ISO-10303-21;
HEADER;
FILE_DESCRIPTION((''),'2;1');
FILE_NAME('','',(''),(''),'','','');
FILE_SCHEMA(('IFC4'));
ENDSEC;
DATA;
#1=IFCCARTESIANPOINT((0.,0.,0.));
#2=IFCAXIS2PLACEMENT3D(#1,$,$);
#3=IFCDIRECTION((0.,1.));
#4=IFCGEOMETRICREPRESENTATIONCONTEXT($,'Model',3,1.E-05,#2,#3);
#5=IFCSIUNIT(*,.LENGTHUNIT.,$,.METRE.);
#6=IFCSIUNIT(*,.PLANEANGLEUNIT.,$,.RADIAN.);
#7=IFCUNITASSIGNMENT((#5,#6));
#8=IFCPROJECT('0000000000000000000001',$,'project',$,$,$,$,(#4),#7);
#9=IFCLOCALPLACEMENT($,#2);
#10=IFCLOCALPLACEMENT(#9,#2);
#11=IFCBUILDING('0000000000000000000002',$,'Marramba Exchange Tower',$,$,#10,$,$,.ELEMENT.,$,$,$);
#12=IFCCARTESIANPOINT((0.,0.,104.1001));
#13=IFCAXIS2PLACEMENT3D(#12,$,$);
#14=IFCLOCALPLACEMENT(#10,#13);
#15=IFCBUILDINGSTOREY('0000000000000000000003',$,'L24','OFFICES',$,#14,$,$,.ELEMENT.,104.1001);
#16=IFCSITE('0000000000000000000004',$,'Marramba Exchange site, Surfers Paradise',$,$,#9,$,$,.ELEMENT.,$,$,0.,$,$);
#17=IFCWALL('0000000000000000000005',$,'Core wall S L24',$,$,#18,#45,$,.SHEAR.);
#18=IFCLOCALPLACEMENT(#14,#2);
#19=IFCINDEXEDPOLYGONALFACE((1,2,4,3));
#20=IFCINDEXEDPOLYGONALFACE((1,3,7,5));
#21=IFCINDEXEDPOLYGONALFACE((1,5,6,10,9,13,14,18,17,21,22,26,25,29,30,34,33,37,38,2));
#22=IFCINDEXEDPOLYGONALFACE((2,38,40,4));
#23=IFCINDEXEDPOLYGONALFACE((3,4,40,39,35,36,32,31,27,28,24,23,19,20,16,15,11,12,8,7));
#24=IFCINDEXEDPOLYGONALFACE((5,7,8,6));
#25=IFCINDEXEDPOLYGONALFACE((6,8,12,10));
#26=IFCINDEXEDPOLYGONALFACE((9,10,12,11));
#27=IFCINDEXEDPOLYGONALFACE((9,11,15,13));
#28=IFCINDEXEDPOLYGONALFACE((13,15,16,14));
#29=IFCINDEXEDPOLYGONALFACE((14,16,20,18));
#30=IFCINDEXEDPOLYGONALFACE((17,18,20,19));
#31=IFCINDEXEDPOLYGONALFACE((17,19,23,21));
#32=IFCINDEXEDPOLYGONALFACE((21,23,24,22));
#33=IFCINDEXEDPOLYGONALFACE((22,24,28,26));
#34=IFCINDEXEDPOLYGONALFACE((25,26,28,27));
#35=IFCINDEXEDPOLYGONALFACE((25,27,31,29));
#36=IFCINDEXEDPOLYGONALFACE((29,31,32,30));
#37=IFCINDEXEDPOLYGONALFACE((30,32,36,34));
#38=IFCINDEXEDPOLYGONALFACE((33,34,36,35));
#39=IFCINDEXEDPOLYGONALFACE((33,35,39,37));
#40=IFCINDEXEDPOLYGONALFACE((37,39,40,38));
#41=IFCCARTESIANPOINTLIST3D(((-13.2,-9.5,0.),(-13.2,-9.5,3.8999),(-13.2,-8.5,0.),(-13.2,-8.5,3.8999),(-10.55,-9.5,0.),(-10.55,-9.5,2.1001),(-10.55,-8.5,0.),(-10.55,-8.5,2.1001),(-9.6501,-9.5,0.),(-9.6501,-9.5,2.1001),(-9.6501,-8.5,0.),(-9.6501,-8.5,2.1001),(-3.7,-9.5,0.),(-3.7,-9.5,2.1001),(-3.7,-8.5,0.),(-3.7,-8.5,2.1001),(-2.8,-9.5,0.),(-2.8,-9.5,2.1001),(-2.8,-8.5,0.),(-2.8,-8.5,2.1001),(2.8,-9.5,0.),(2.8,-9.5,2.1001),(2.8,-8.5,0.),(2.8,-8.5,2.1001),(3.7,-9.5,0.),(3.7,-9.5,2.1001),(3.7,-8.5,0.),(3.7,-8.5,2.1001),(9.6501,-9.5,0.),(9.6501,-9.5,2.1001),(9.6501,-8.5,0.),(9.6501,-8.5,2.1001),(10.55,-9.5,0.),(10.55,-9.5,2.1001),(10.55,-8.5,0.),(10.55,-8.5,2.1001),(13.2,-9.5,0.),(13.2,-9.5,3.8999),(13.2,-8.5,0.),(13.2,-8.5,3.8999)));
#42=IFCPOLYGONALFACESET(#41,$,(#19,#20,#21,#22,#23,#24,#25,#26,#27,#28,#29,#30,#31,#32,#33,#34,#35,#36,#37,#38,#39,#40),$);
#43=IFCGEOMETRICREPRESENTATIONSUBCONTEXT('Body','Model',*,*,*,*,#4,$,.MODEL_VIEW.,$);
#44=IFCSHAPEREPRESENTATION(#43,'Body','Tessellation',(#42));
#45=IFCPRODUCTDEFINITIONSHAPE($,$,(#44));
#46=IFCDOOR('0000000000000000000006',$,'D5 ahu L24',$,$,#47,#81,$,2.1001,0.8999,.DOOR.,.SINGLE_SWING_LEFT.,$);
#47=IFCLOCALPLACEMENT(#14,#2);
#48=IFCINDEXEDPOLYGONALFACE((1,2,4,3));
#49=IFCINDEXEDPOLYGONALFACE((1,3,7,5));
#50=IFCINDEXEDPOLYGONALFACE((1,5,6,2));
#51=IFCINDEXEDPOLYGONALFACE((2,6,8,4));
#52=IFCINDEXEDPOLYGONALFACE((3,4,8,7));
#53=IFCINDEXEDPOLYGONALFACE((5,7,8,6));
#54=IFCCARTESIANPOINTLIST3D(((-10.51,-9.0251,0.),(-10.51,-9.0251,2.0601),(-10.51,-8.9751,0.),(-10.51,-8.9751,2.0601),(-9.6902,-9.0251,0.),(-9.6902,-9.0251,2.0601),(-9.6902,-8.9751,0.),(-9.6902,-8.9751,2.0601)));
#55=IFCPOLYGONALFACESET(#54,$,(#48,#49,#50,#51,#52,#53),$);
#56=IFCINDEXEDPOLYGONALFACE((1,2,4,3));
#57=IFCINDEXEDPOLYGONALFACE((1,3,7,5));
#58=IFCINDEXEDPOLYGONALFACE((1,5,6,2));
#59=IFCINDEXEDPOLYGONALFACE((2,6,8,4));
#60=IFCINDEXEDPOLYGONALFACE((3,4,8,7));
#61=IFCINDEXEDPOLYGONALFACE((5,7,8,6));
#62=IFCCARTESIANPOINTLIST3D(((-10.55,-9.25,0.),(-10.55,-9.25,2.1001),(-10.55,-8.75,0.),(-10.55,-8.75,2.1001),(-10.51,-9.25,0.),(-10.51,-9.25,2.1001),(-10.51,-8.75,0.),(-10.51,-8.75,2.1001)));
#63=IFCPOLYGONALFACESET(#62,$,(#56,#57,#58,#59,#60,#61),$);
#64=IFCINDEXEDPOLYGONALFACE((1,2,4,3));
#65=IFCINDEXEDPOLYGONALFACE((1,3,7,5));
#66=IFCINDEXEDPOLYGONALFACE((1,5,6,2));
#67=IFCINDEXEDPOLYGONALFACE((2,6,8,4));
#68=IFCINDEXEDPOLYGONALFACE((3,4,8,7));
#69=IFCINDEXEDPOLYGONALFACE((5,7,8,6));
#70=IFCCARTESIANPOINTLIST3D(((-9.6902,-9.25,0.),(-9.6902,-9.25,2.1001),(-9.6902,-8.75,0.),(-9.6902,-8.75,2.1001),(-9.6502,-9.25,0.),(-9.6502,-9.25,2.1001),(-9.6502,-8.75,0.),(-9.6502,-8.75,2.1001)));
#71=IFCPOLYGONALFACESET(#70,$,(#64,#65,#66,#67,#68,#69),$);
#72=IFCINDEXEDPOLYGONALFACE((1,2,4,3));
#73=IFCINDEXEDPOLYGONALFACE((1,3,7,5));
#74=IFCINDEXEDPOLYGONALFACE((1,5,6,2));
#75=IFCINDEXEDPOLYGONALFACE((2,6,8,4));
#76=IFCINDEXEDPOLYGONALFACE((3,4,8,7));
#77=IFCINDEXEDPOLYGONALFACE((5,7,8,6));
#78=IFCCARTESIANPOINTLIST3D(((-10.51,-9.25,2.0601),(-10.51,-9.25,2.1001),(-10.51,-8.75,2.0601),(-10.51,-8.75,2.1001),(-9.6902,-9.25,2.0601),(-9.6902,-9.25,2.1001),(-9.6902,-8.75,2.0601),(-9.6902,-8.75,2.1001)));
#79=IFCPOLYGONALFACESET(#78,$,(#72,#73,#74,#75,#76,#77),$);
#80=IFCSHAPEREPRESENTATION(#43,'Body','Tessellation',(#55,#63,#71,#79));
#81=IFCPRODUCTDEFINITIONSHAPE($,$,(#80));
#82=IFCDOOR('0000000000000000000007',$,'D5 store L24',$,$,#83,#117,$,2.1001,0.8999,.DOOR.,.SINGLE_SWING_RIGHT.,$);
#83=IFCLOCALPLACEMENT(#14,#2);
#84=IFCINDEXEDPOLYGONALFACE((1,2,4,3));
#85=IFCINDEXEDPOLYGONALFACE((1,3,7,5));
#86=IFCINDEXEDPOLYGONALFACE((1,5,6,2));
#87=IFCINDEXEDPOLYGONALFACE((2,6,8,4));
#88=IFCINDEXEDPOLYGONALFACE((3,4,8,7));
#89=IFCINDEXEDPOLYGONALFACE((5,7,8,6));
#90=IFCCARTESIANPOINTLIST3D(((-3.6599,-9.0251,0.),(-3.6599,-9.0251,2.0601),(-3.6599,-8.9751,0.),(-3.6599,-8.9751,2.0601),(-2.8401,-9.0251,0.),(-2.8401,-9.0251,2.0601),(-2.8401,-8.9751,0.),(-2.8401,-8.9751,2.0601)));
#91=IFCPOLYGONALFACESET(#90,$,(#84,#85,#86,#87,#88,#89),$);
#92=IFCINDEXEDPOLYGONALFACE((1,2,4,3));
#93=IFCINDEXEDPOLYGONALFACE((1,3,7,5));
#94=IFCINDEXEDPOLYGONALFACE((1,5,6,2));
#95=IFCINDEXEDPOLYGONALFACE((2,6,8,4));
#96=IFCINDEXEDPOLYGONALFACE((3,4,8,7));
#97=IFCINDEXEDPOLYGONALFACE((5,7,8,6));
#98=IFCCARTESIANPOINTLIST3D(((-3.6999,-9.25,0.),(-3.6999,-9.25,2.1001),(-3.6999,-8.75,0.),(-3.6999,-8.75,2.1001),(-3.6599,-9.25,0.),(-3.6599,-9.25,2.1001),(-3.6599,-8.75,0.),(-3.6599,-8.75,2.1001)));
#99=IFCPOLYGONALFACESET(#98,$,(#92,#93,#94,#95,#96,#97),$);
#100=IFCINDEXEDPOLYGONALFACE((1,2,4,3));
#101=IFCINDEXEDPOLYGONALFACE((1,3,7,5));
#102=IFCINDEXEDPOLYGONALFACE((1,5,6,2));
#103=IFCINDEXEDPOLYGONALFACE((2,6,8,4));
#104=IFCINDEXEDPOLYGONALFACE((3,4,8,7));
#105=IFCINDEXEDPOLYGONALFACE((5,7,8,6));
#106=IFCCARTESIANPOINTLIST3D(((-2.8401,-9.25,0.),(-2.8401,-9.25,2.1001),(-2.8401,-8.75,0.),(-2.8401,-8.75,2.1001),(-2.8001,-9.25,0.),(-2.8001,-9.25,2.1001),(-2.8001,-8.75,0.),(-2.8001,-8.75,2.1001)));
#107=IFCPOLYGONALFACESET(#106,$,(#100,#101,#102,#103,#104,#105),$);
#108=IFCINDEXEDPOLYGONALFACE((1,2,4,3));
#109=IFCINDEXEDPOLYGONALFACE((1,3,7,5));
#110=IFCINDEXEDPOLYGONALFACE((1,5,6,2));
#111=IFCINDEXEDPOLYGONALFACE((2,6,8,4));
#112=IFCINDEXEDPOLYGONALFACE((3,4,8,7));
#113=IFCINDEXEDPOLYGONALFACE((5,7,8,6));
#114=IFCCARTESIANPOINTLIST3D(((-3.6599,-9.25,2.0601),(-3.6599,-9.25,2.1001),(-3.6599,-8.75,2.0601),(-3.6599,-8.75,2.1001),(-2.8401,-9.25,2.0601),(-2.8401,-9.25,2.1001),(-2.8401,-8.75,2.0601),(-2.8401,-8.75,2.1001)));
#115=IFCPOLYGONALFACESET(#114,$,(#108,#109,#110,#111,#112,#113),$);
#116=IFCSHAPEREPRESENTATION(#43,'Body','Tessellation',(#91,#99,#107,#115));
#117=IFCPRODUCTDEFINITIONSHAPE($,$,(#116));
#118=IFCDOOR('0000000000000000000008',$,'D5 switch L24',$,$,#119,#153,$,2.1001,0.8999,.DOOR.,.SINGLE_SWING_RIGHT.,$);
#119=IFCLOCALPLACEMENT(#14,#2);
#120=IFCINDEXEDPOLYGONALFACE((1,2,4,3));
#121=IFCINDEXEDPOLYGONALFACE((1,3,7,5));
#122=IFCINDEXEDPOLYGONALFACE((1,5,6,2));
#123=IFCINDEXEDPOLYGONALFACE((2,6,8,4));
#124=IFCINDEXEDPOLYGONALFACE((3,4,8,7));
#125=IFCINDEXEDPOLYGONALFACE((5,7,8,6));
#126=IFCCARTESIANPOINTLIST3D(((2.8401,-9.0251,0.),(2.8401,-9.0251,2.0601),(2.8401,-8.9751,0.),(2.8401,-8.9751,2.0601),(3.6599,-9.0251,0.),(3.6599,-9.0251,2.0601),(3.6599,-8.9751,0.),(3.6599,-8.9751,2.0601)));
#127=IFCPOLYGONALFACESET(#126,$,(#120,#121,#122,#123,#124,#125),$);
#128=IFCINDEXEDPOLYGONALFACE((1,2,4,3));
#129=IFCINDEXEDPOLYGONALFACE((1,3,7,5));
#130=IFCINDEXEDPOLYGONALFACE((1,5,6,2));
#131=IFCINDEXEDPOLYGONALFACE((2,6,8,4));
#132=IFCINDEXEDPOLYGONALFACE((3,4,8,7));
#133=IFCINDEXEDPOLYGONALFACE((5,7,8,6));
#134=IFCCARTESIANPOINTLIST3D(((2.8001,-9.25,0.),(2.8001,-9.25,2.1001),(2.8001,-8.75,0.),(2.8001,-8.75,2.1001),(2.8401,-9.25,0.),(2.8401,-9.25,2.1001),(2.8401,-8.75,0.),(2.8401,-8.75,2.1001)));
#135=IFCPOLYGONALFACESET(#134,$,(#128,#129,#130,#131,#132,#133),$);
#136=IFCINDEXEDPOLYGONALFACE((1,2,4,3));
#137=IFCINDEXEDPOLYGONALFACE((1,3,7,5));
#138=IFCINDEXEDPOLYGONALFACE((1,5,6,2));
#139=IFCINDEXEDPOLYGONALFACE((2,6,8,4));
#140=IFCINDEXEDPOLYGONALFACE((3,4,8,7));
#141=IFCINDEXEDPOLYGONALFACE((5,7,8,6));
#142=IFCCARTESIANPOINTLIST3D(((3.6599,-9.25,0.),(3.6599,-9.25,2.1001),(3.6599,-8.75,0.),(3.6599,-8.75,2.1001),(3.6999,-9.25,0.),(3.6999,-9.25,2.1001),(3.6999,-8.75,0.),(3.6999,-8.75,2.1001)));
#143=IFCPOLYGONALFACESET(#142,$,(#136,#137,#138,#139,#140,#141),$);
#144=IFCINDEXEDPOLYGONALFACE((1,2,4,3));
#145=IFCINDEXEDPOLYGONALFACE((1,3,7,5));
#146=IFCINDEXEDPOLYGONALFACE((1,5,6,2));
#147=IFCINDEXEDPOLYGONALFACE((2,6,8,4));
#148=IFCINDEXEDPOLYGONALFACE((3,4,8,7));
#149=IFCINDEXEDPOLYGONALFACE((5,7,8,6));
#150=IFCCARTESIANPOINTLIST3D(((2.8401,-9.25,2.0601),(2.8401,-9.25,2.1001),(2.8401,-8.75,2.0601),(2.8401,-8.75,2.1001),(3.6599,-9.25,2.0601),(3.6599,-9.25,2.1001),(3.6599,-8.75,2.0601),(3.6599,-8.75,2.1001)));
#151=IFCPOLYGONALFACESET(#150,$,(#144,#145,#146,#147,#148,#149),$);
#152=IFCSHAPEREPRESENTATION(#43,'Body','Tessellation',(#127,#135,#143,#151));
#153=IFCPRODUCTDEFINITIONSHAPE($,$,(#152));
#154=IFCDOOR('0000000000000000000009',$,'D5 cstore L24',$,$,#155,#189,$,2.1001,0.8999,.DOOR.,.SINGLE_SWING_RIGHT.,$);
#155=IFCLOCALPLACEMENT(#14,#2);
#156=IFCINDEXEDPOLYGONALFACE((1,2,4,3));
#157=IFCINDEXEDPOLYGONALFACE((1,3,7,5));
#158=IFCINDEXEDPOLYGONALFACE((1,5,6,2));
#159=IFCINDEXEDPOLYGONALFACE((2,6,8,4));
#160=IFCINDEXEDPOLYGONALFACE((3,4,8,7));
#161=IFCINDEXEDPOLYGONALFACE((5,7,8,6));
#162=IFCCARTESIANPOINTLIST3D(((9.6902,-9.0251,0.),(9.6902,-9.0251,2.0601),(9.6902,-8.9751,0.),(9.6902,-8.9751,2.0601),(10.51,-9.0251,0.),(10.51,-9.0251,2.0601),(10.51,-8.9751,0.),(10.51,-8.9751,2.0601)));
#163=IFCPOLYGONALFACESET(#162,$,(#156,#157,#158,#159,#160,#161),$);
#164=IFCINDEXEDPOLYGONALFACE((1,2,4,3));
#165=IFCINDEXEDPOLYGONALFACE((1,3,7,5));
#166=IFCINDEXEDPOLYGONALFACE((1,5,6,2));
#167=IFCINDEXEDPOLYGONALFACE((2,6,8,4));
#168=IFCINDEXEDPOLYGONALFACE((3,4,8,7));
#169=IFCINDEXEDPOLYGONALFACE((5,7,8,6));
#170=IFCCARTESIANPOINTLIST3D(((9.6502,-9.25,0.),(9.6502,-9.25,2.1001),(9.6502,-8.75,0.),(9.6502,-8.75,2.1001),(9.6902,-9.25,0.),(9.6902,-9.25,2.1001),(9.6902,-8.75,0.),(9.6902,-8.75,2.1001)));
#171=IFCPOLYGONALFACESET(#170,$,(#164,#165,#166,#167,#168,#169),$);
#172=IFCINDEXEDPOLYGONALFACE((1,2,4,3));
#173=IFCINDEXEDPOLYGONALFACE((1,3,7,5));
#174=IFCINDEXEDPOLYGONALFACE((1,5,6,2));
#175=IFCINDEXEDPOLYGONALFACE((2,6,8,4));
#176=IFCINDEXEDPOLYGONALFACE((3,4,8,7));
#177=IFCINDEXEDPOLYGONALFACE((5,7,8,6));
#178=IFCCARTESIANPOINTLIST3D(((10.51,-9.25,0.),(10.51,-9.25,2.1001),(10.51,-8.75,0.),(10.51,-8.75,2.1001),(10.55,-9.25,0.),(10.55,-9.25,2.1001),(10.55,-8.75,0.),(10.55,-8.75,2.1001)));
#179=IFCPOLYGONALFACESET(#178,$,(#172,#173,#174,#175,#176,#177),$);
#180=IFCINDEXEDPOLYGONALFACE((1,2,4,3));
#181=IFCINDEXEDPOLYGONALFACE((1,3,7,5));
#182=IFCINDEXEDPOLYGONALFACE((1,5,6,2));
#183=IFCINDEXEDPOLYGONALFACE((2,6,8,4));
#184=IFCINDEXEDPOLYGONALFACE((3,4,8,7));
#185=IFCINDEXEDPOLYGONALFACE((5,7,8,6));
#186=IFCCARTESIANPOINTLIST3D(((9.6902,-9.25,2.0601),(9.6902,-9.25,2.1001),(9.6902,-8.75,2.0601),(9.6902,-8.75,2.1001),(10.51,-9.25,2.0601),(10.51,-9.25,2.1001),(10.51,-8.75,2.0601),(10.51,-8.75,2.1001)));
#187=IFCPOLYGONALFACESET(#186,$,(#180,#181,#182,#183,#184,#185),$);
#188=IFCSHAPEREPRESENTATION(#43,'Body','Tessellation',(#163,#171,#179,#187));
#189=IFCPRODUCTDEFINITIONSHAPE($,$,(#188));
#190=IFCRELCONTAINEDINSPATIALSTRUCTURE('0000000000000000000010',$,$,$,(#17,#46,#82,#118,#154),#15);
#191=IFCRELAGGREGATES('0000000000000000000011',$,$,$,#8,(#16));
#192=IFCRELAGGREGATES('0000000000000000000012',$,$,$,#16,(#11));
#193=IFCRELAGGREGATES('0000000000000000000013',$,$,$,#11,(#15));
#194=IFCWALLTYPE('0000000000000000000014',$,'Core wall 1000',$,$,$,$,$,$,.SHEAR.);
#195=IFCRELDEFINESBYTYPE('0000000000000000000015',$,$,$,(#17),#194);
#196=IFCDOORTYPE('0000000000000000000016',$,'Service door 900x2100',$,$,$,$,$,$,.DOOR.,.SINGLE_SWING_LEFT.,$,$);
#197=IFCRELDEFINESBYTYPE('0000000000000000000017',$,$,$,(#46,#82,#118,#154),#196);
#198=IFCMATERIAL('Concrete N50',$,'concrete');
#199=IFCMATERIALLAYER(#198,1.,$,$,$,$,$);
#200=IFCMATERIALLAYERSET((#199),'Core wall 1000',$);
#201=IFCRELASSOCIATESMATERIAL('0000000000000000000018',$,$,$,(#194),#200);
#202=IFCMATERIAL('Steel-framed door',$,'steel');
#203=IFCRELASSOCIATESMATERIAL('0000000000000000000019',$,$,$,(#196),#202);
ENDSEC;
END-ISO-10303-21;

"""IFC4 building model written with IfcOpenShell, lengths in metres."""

from ifc_helpers import new_model, si_unit, direction, frame, frame_2d, origin, place, context, subcontext, project, spatial, rectangle, extrude, material, layer, layer_set, type_object, element, fill, save


model = new_model("IFC4")

# Units and contexts
model_context = context("Model", 3, precision=1e-05, world=origin(), true_north=direction((0.0, 1.0)))
body_context = subcontext(model_context, "Body", "Model", "MODEL_VIEW")
ifc_project = project(units=[si_unit("LENGTHUNIT", "METRE"), si_unit("PLANEANGLEUNIT", "RADIAN")], contexts=[model_context])

# Site, building, storey
site_placement = place(None, origin())
site = spatial("IfcSite", under=ifc_project, at=site_placement, Name="Marramba Exchange site, Surfers Paradise", CompositionType="ELEMENT", RefElevation=0.0)
building_placement = place(site_placement, origin())
building = spatial("IfcBuilding", under=site, at=building_placement, Name="Marramba Exchange Tower", CompositionType="ELEMENT")
storey_placement = place(building_placement, frame((0.0, 0.0, 104.1001)))
storey = spatial("IfcBuildingStorey", under=building, at=storey_placement, Name="L24", Description="OFFICES", CompositionType="ELEMENT", Elevation=104.1001)

# Shared definitions
ifc_material_1 = material(Name="Concrete N50", Category="concrete")

# Wall, openings, doors
ifc_layer_1 = layer(ifc_material_1, 1.0)
ifc_layer_set_1 = layer_set([ifc_layer_1], Name="Core wall 1000")
wall_type_1 = type_object("IfcWallType", Name="Core wall 1000", PredefinedType="SHEAR", material=ifc_layer_set_1)
wall_1_placement = place(storey_placement, frame((-13.2, -9.0, 0.0), z_axis=(0.0, 0.0, 1.0), x_axis=(1.0, 0.0, 0.0)))
wall_1 = element("IfcWall", 1, at=wall_1_placement, inside=storey, type_object=wall_type_1, Name="Core wall S L24", PredefinedType="SHEAR", context=body_context, shape_type="SweptSolid", body=[
    extrude(rectangle(XDim=26.3999, YDim=1.0, at=frame_2d((13.2, 0.0))), origin(), (0.0, 0.0, 1.0), 3.8999),
])
opening_1_placement = place(wall_1_placement, frame((2.6499, 0.0, 0.0)))
opening_1 = element("IfcOpeningElement", 2, at=opening_1_placement, cuts=wall_1, PredefinedType="OPENING", context=body_context, shape_type="SweptSolid", body=[
    extrude(rectangle(XDim=0.8999, YDim=2.1001, at=frame_2d((0.45, 1.05))), frame((0.0, 0.51, 0.0), z_axis=(0.0, -1.0, 0.0), x_axis=(1.0, 0.0, 0.0)), (0.0, 0.0, 1.0), 1.02),
])
opening_2_placement = place(wall_1_placement, frame((9.5, 0.0, 0.0)))
opening_2 = element("IfcOpeningElement", 3, at=opening_2_placement, cuts=wall_1, PredefinedType="OPENING", context=body_context, shape_type="SweptSolid", body=[
    extrude(rectangle(XDim=0.8999, YDim=2.1001, at=frame_2d((0.45, 1.05))), frame((0.0, 0.51, 0.0), z_axis=(0.0, -1.0, 0.0), x_axis=(1.0, 0.0, 0.0)), (0.0, 0.0, 1.0), 1.02),
])
opening_3_placement = place(wall_1_placement, frame((16.0, 0.0, 0.0)))
opening_3 = element("IfcOpeningElement", 4, at=opening_3_placement, cuts=wall_1, PredefinedType="OPENING", context=body_context, shape_type="SweptSolid", body=[
    extrude(rectangle(XDim=0.8999, YDim=2.1001, at=frame_2d((0.45, 1.05))), frame((0.0, 0.51, 0.0), z_axis=(0.0, -1.0, 0.0), x_axis=(1.0, 0.0, 0.0)), (0.0, 0.0, 1.0), 1.02),
])
opening_4_placement = place(wall_1_placement, frame((22.8501, 0.0, 0.0)))
opening_4 = element("IfcOpeningElement", 5, at=opening_4_placement, cuts=wall_1, PredefinedType="OPENING", context=body_context, shape_type="SweptSolid", body=[
    extrude(rectangle(XDim=0.8999, YDim=2.1001, at=frame_2d((0.45, 1.05))), frame((0.0, 0.51, 0.0), z_axis=(0.0, -1.0, 0.0), x_axis=(1.0, 0.0, 0.0)), (0.0, 0.0, 1.0), 1.02),
])
ifc_material_2 = material(Name="Steel-framed door", Category="steel")
door_type = type_object("IfcDoorType", Name="Service door 900x2100", OperationType="SINGLE_SWING_LEFT", PredefinedType="DOOR", material=ifc_material_2)
door_1_placement = place(opening_1_placement, origin())
door_1 = element("IfcDoor", 6, at=door_1_placement, inside=storey, type_object=door_type, Name="D5 ahu L24", OperationType="SINGLE_SWING_LEFT", OverallHeight=2.1001, OverallWidth=0.8999, PredefinedType="DOOR", context=body_context, shape_type="SweptSolid", body=[
    extrude(rectangle(XDim=0.8198, YDim=2.0601, at=frame_2d((0.45, 1.03))), frame((0.0, 0.0249, 0.0), z_axis=(0.0, -1.0, 0.0), x_axis=(1.0, 0.0, 0.0)), (0.0, 0.0, 1.0), 0.05),
    extrude(rectangle(XDim=0.04, YDim=2.1001, at=frame_2d((0.02, 1.05))), frame((0.0, 0.25, 0.0), z_axis=(0.0, -1.0, 0.0), x_axis=(1.0, 0.0, 0.0)), (0.0, 0.0, 1.0), 0.5),
    extrude(rectangle(XDim=0.04, YDim=2.1001, at=frame_2d((0.8799, 1.05))), frame((0.0, 0.25, 0.0), z_axis=(0.0, -1.0, 0.0), x_axis=(1.0, 0.0, 0.0)), (0.0, 0.0, 1.0), 0.5),
    extrude(rectangle(XDim=0.8198, YDim=0.04, at=frame_2d((0.45, 2.0801))), frame((0.0, 0.25, 0.0), z_axis=(0.0, -1.0, 0.0), x_axis=(1.0, 0.0, 0.0)), (0.0, 0.0, 1.0), 0.5),
])
fill(opening_1, door_1)
door_2_placement = place(opening_2_placement, origin())
door_2 = element("IfcDoor", 7, at=door_2_placement, inside=storey, type_object=door_type, Name="D5 store L24", OperationType="SINGLE_SWING_RIGHT", OverallHeight=2.1001, OverallWidth=0.8999, PredefinedType="DOOR", context=body_context, shape_type="SweptSolid", body=[
    extrude(rectangle(XDim=0.8198, YDim=2.0601, at=frame_2d((0.45, 1.03))), frame((0.0, 0.0249, 0.0), z_axis=(0.0, -1.0, 0.0), x_axis=(1.0, 0.0, 0.0)), (0.0, 0.0, 1.0), 0.05),
    extrude(rectangle(XDim=0.04, YDim=2.1001, at=frame_2d((0.02, 1.05))), frame((0.0, 0.25, 0.0), z_axis=(0.0, -1.0, 0.0), x_axis=(1.0, 0.0, 0.0)), (0.0, 0.0, 1.0), 0.5),
    extrude(rectangle(XDim=0.04, YDim=2.1001, at=frame_2d((0.8799, 1.05))), frame((0.0, 0.25, 0.0), z_axis=(0.0, -1.0, 0.0), x_axis=(1.0, 0.0, 0.0)), (0.0, 0.0, 1.0), 0.5),
    extrude(rectangle(XDim=0.8198, YDim=0.04, at=frame_2d((0.45, 2.0801))), frame((0.0, 0.25, 0.0), z_axis=(0.0, -1.0, 0.0), x_axis=(1.0, 0.0, 0.0)), (0.0, 0.0, 1.0), 0.5),
])
fill(opening_2, door_2)
door_3_placement = place(opening_3_placement, origin())
door_3 = element("IfcDoor", 8, at=door_3_placement, inside=storey, type_object=door_type, Name="D5 switch L24", OperationType="SINGLE_SWING_RIGHT", OverallHeight=2.1001, OverallWidth=0.8999, PredefinedType="DOOR", context=body_context, shape_type="SweptSolid", body=[
    extrude(rectangle(XDim=0.8198, YDim=2.0601, at=frame_2d((0.45, 1.03))), frame((0.0, 0.0249, 0.0), z_axis=(0.0, -1.0, 0.0), x_axis=(1.0, 0.0, 0.0)), (0.0, 0.0, 1.0), 0.05),
    extrude(rectangle(XDim=0.04, YDim=2.1001, at=frame_2d((0.02, 1.05))), frame((0.0, 0.25, 0.0), z_axis=(0.0, -1.0, 0.0), x_axis=(1.0, 0.0, 0.0)), (0.0, 0.0, 1.0), 0.5),
    extrude(rectangle(XDim=0.04, YDim=2.1001, at=frame_2d((0.8799, 1.05))), frame((0.0, 0.25, 0.0), z_axis=(0.0, -1.0, 0.0), x_axis=(1.0, 0.0, 0.0)), (0.0, 0.0, 1.0), 0.5),
    extrude(rectangle(XDim=0.8198, YDim=0.04, at=frame_2d((0.45, 2.0801))), frame((0.0, 0.25, 0.0), z_axis=(0.0, -1.0, 0.0), x_axis=(1.0, 0.0, 0.0)), (0.0, 0.0, 1.0), 0.5),
])
fill(opening_3, door_3)
door_4_placement = place(opening_4_placement, origin())
door_4 = element("IfcDoor", 9, at=door_4_placement, inside=storey, type_object=door_type, Name="D5 cstore L24", OperationType="SINGLE_SWING_RIGHT", OverallHeight=2.1001, OverallWidth=0.8999, PredefinedType="DOOR", context=body_context, shape_type="SweptSolid", body=[
    extrude(rectangle(XDim=0.8198, YDim=2.0601, at=frame_2d((0.45, 1.03))), frame((0.0, 0.0249, 0.0), z_axis=(0.0, -1.0, 0.0), x_axis=(1.0, 0.0, 0.0)), (0.0, 0.0, 1.0), 0.05),
    extrude(rectangle(XDim=0.04, YDim=2.1001, at=frame_2d((0.02, 1.05))), frame((0.0, 0.25, 0.0), z_axis=(0.0, -1.0, 0.0), x_axis=(1.0, 0.0, 0.0)), (0.0, 0.0, 1.0), 0.5),
    extrude(rectangle(XDim=0.04, YDim=2.1001, at=frame_2d((0.8799, 1.05))), frame((0.0, 0.25, 0.0), z_axis=(0.0, -1.0, 0.0), x_axis=(1.0, 0.0, 0.0)), (0.0, 0.0, 1.0), 0.5),
    extrude(rectangle(XDim=0.8198, YDim=0.04, at=frame_2d((0.45, 2.0801))), frame((0.0, 0.25, 0.0), z_axis=(0.0, -1.0, 0.0), x_axis=(1.0, 0.0, 0.0)), (0.0, 0.0, 1.0), 0.5),
])
fill(opening_4, door_4)

save(model, "model.ifc")
